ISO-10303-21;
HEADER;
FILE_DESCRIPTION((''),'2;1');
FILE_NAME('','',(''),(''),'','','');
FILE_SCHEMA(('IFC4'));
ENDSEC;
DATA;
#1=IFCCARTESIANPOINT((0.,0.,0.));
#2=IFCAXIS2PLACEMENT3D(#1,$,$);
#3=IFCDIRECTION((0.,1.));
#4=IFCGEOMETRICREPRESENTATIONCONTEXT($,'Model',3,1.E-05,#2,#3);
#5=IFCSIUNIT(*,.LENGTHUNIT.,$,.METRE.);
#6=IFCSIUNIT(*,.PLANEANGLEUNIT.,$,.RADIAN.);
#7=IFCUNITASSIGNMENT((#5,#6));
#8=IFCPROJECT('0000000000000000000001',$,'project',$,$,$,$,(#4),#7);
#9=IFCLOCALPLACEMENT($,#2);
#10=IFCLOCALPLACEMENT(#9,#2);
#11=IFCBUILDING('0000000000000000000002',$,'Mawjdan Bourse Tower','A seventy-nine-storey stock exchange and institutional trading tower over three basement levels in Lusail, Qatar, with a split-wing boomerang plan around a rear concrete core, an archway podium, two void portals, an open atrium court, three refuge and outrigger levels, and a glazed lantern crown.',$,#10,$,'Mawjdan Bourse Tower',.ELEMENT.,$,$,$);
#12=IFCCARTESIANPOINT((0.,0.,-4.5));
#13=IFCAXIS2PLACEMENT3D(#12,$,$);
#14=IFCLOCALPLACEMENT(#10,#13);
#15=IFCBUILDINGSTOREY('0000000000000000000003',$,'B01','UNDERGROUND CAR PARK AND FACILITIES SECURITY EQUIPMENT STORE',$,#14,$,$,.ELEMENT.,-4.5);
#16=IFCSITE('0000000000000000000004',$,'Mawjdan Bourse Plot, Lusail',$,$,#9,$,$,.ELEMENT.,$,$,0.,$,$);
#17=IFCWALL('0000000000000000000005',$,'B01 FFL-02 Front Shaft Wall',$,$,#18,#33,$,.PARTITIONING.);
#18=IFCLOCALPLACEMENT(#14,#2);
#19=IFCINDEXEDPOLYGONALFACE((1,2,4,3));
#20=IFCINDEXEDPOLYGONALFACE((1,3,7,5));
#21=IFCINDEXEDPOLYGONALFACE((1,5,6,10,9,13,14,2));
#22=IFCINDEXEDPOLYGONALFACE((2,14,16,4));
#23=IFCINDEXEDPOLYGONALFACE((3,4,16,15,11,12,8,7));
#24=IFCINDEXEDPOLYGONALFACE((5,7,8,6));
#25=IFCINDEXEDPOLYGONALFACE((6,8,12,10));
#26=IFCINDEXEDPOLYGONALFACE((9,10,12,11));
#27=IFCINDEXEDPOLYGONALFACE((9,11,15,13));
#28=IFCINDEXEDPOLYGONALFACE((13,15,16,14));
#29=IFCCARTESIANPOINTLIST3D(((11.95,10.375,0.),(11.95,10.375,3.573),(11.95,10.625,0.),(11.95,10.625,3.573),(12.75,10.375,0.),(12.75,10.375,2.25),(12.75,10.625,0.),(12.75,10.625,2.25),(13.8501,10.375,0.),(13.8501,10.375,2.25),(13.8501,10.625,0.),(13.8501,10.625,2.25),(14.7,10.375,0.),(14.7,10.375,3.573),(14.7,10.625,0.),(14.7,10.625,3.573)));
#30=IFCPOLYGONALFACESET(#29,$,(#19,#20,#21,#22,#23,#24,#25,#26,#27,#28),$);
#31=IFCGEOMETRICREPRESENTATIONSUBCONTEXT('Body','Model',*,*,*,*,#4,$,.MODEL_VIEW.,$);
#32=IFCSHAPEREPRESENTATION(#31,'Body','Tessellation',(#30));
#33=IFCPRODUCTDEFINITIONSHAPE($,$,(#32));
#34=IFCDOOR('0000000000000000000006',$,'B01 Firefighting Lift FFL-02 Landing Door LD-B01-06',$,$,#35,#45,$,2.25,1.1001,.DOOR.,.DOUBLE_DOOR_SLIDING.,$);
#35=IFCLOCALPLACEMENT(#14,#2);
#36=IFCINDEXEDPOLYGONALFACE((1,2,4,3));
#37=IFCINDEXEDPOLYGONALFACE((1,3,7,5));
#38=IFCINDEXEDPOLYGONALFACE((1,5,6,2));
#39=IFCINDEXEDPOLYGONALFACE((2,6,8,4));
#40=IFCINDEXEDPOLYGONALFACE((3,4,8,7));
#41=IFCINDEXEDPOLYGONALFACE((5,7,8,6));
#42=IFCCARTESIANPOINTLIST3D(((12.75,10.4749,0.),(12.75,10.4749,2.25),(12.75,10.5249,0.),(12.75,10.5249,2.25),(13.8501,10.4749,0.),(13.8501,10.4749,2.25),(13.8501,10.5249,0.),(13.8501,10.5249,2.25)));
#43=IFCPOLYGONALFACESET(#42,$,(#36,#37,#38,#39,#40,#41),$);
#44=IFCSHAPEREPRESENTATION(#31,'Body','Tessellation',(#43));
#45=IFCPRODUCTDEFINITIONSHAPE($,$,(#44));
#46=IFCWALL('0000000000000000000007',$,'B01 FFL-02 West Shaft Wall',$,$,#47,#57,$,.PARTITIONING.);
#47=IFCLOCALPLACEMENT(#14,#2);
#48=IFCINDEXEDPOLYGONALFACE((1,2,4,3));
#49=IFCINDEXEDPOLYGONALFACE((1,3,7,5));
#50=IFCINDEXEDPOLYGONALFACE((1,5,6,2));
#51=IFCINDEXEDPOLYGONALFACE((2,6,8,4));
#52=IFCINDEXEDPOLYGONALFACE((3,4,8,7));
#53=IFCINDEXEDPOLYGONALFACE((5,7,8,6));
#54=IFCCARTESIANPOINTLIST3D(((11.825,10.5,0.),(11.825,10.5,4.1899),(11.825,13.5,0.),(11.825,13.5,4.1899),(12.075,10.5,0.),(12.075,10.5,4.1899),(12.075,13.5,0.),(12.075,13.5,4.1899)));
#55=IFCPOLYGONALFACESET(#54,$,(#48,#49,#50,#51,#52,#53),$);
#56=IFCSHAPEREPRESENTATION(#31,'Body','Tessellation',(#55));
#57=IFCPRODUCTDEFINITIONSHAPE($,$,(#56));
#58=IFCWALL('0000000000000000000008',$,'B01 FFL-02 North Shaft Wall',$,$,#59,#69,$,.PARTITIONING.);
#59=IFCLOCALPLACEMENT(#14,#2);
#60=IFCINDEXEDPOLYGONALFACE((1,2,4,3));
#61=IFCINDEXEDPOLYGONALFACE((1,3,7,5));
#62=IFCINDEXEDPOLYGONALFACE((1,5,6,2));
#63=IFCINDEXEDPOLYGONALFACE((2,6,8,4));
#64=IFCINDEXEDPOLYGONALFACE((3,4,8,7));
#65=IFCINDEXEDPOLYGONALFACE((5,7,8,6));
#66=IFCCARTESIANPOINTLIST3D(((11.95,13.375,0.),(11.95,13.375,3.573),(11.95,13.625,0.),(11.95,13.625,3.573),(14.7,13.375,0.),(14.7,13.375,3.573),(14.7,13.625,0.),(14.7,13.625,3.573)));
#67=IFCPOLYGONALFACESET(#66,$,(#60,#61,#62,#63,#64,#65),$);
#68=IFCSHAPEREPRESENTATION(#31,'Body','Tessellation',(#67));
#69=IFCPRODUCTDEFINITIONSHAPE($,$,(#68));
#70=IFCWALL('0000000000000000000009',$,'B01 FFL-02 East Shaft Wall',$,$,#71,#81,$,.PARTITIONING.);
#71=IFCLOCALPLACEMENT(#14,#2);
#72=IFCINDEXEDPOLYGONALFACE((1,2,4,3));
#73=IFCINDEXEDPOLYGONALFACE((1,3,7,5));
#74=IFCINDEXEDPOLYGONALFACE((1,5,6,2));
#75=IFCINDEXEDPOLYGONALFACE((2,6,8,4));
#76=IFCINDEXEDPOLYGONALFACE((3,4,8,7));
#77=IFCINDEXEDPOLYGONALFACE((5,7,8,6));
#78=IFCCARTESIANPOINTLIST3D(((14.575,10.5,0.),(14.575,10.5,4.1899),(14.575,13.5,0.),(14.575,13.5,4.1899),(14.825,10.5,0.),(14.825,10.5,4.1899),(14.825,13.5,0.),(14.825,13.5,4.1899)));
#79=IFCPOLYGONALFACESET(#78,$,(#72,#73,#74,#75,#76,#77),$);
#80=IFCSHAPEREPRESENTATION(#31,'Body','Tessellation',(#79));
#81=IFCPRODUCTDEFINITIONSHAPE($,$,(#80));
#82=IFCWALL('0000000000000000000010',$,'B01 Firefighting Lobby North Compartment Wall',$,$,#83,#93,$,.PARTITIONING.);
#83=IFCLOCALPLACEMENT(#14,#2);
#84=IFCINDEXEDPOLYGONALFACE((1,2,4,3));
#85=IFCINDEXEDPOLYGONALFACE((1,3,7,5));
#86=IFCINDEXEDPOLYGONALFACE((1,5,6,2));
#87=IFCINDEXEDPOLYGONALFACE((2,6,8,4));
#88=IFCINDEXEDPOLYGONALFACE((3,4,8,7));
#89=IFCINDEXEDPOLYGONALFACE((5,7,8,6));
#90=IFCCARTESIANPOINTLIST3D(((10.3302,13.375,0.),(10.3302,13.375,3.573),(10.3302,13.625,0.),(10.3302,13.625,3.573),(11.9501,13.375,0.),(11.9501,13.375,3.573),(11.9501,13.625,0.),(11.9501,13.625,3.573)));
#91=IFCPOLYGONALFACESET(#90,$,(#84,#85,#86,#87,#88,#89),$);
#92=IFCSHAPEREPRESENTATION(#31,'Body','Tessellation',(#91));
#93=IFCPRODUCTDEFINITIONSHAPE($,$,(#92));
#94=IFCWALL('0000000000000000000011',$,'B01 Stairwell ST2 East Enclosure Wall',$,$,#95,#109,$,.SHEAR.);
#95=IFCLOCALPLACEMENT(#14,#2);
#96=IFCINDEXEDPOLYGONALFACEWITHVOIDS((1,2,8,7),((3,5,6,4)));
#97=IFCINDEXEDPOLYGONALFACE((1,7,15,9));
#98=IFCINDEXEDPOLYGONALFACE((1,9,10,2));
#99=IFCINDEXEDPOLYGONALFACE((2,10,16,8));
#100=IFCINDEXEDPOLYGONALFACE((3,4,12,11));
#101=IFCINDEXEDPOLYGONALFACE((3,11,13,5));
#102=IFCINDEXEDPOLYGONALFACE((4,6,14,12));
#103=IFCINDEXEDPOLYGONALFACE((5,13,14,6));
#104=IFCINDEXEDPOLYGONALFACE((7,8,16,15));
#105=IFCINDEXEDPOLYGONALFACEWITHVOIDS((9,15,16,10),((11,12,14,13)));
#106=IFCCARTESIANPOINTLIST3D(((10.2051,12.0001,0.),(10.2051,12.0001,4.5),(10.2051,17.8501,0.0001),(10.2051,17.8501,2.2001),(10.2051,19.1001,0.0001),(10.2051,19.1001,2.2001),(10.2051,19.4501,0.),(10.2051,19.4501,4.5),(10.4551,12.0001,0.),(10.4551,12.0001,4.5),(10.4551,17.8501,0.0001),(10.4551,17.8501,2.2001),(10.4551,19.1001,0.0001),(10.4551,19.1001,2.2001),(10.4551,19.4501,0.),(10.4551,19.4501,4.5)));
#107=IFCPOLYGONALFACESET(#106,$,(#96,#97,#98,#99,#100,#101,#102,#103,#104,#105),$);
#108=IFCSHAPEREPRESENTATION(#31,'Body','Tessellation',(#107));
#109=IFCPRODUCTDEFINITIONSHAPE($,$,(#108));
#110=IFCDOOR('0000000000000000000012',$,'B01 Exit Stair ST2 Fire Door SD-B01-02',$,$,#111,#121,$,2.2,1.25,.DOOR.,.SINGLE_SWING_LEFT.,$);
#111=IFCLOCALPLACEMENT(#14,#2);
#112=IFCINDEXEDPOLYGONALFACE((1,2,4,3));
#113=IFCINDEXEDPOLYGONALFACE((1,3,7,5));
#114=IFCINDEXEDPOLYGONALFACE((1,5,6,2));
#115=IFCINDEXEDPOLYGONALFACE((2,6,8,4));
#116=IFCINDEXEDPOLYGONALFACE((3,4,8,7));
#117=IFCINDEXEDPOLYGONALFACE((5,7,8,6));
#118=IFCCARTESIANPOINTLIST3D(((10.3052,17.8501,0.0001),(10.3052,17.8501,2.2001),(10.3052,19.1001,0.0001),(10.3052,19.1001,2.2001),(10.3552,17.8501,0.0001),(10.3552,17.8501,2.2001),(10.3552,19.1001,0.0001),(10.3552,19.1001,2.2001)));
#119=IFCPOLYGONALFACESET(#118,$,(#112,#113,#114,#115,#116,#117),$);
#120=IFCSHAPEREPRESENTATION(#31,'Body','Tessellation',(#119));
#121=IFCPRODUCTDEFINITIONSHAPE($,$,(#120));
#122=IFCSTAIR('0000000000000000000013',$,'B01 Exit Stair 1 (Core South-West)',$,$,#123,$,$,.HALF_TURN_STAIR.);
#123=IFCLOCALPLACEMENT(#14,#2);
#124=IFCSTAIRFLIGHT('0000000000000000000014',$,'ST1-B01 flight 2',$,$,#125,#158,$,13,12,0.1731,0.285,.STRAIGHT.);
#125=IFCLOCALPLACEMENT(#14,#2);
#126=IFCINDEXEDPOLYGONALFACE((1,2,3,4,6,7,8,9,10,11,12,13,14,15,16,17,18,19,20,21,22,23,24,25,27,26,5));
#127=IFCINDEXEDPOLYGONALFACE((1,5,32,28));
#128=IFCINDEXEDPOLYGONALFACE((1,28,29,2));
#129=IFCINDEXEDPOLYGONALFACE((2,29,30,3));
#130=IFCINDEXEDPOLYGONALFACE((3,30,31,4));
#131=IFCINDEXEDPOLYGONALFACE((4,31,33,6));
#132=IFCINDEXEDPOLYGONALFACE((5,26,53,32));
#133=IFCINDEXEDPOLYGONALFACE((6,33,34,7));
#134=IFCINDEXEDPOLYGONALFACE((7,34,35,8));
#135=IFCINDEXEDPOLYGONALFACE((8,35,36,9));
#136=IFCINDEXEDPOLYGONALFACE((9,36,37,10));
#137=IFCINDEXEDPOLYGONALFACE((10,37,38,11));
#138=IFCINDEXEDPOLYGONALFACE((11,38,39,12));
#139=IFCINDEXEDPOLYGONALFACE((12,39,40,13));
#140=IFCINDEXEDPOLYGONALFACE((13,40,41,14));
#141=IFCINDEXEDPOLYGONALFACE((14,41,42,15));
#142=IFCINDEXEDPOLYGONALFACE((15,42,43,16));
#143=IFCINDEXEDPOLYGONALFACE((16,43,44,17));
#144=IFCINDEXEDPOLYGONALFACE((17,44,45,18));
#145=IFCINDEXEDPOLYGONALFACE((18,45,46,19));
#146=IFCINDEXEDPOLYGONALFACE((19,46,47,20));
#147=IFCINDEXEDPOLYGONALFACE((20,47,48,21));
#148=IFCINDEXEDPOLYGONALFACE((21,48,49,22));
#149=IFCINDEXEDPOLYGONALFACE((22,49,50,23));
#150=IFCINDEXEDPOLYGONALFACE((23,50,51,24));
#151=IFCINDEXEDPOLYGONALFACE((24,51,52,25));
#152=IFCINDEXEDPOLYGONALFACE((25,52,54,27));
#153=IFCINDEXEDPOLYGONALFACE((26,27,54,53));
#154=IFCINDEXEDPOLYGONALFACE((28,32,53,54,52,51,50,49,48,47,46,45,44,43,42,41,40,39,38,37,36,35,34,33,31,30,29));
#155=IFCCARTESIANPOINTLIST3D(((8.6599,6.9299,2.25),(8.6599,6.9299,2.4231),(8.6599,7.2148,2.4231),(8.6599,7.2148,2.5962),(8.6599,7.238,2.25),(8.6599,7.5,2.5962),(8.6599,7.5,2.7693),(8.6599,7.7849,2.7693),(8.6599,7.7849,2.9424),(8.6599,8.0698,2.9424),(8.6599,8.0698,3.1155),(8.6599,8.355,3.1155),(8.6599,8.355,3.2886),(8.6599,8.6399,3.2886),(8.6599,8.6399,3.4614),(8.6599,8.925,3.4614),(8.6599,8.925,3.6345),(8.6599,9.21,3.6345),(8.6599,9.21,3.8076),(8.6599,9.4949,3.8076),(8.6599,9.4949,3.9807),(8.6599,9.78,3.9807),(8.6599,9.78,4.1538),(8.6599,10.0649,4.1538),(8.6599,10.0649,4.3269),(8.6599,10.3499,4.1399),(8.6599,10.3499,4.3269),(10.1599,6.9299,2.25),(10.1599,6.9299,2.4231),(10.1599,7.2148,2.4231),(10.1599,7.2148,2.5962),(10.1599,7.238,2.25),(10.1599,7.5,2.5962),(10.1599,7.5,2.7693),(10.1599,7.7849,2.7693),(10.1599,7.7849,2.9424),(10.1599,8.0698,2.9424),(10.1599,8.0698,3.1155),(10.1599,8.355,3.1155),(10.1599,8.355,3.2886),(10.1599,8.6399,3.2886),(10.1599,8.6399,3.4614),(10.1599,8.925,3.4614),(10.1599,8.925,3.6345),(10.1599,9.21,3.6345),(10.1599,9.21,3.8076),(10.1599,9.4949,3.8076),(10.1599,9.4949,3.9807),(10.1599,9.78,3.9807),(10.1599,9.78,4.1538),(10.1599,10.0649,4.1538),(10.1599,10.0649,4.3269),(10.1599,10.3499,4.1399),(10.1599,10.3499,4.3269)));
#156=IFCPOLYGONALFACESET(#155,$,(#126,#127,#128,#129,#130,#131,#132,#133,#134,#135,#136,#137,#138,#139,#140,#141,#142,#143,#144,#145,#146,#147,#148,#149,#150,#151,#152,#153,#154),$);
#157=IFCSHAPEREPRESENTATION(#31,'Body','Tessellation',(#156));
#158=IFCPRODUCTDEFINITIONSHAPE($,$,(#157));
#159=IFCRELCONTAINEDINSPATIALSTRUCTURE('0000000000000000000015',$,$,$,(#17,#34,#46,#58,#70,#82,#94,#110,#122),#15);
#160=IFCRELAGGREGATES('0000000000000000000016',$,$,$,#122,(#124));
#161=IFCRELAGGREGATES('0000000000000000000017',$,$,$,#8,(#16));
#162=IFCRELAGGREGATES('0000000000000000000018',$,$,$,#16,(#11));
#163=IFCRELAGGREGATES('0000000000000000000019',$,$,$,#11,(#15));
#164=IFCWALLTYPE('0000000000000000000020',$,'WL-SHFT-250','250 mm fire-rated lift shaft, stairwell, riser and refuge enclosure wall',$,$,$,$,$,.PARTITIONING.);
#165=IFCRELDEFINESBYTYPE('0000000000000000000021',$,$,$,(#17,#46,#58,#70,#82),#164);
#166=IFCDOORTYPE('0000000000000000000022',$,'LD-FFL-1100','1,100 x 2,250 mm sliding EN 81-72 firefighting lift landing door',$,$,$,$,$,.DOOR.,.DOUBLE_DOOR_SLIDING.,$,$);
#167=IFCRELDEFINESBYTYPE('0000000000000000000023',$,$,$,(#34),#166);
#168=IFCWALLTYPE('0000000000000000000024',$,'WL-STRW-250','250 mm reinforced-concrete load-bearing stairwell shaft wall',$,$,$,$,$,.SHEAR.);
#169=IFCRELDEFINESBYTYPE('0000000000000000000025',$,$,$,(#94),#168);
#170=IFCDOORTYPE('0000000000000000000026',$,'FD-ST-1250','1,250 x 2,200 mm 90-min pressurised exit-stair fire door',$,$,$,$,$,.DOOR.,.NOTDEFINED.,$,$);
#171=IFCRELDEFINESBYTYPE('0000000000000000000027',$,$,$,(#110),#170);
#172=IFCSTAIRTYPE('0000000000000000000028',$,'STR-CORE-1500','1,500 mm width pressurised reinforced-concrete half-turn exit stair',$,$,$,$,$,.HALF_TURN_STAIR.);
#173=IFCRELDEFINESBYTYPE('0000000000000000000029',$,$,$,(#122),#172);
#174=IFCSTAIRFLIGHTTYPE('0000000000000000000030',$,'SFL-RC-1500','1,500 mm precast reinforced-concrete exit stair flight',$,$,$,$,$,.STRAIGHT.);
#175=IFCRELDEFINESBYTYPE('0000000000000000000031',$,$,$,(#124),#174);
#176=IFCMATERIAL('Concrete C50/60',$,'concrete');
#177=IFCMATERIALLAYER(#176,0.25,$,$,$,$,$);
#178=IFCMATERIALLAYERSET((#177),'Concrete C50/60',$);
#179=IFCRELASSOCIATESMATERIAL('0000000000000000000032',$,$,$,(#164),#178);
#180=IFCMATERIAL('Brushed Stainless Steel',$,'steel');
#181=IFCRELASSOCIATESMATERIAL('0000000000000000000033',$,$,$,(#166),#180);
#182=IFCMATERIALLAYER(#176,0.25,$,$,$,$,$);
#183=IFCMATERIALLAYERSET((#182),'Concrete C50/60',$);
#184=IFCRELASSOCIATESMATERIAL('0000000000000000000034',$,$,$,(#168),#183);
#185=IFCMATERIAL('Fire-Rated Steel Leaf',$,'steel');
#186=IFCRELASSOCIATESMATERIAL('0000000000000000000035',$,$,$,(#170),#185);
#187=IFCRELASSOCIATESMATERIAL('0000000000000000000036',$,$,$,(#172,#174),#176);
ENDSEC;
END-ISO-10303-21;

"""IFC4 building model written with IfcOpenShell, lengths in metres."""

from ifc_helpers import new_model, si_unit, direction, frame, frame_2d, origin, place, context, subcontext, project, spatial, polyline, rectangle, outline, extrude, material, layer, layer_set, type_object, element, fill, aggregate, save


model = new_model("IFC4")

# Units and contexts
model_context = context("Model", 3, precision=1e-05, world=origin(), true_north=direction((0.0, 1.0)))
body_context = subcontext(model_context, "Body", "Model", "MODEL_VIEW")
ifc_project = project(units=[si_unit("LENGTHUNIT", "METRE"), si_unit("PLANEANGLEUNIT", "RADIAN")], contexts=[model_context])

# Site, building, storey
site_placement = place(None, origin())
site = spatial("IfcSite", under=ifc_project, at=site_placement, Name="Mawjdan Bourse Plot, Lusail", CompositionType="ELEMENT", RefElevation=0.0)
building_placement = place(site_placement, origin())
building = spatial("IfcBuilding", under=site, at=building_placement, Name="Mawjdan Bourse Tower", Description="A seventy-nine-storey stock exchange and institutional trading tower over three basement levels in Lusail, Qatar, with a split-wing boomerang plan around a rear concrete core, an archway podium, two void portals, an open atrium court, three refuge and outrigger levels, and a glazed lantern crown.", LongName="Mawjdan Bourse Tower", CompositionType="ELEMENT")
storey_placement = place(building_placement, frame((0.0, 0.0, -4.5)))
storey = spatial("IfcBuildingStorey", under=building, at=storey_placement, Name="B01", Description="UNDERGROUND CAR PARK AND FACILITIES SECURITY EQUIPMENT STORE", CompositionType="ELEMENT", Elevation=-4.5)

# Wall, opening, door
ifc_material_1 = material(Name="Concrete C50/60", Category="concrete")
ifc_layer_1 = layer(ifc_material_1, 0.25)
ifc_layer_set_1 = layer_set([ifc_layer_1], Name="Concrete C50/60")
wall_type_1 = type_object("IfcWallType", Name="WL-SHFT-250", Description="250 mm fire-rated lift shaft, stairwell, riser and refuge enclosure wall", PredefinedType="PARTITIONING", material=ifc_layer_set_1)
wall_1_placement = place(storey_placement, frame((11.95, 10.5, 0.0), z_axis=(0.0, 0.0, 1.0), x_axis=(1.0, 0.0, 0.0)))
wall_1 = element("IfcWall", 1, at=wall_1_placement, inside=storey, type_object=wall_type_1, Name="B01 FFL-02 Front Shaft Wall", PredefinedType="PARTITIONING", context=body_context, shape_type="SweptSolid", body=[
    extrude(rectangle(XDim=2.75, YDim=0.25, at=frame_2d((1.375, 0.0))), origin(), (0.0, 0.0, 1.0), 3.573),
])
opening_1_placement = place(wall_1_placement, frame((0.8, 0.0, 0.0)))
opening_1 = element("IfcOpeningElement", 2, at=opening_1_placement, cuts=wall_1, PredefinedType="OPENING", context=body_context, shape_type="SweptSolid", body=[
    extrude(rectangle(XDim=1.1001, YDim=2.25, at=frame_2d((0.55, 1.125))), frame((0.0, 0.135, 0.0), z_axis=(0.0, -1.0, 0.0), x_axis=(1.0, 0.0, 0.0)), (0.0, 0.0, 1.0), 0.27),
])
ifc_material_2 = material(Name="Brushed Stainless Steel", Category="steel")
door_type_1 = type_object("IfcDoorType", Name="LD-FFL-1100", Description="1,100 x 2,250 mm sliding EN 81-72 firefighting lift landing door", OperationType="DOUBLE_DOOR_SLIDING", PredefinedType="DOOR", material=ifc_material_2)
door_1_placement = place(opening_1_placement, origin())
door_1 = element("IfcDoor", 3, at=door_1_placement, inside=storey, type_object=door_type_1, Name="B01 Firefighting Lift FFL-02 Landing Door LD-B01-06", OperationType="DOUBLE_DOOR_SLIDING", OverallHeight=2.25, OverallWidth=1.1001, PredefinedType="DOOR", context=body_context, shape_type="SweptSolid", body=[
    extrude(rectangle(XDim=1.1001, YDim=2.25, at=frame_2d((0.55, 1.125))), frame((0.0, 0.0249, 0.0), z_axis=(0.0, -1.0, 0.0), x_axis=(1.0, 0.0, 0.0)), (0.0, 0.0, 1.0), 0.05),
])
fill(opening_1, door_1)

# Walls
wall_2_placement = place(storey_placement, frame((11.95, 10.5, 0.0), z_axis=(0.0, 0.0, 1.0), x_axis=(0.0, 1.0, 0.0)))
element("IfcWall", 4, at=wall_2_placement, inside=storey, type_object=wall_type_1, Name="B01 FFL-02 West Shaft Wall", PredefinedType="PARTITIONING", context=body_context, shape_type="SweptSolid", body=[
    extrude(rectangle(XDim=3.0, YDim=0.25, at=frame_2d((1.5, 0.0))), origin(), (0.0, 0.0, 1.0), 4.1899),
])
wall_3_placement = place(storey_placement, frame((11.95, 13.5, 0.0), z_axis=(0.0, 0.0, 1.0), x_axis=(1.0, 0.0, 0.0)))
element("IfcWall", 5, at=wall_3_placement, inside=storey, type_object=wall_type_1, Name="B01 FFL-02 North Shaft Wall", PredefinedType="PARTITIONING", context=body_context, shape_type="SweptSolid", body=[
    extrude(rectangle(XDim=2.75, YDim=0.25, at=frame_2d((1.375, 0.0))), origin(), (0.0, 0.0, 1.0), 3.573),
])
wall_4_placement = place(storey_placement, frame((14.7, 10.5, 0.0), z_axis=(0.0, 0.0, 1.0), x_axis=(0.0, 1.0, 0.0)))
element("IfcWall", 6, at=wall_4_placement, inside=storey, type_object=wall_type_1, Name="B01 FFL-02 East Shaft Wall", PredefinedType="PARTITIONING", context=body_context, shape_type="SweptSolid", body=[
    extrude(rectangle(XDim=3.0, YDim=0.25, at=frame_2d((1.5, 0.0))), origin(), (0.0, 0.0, 1.0), 4.1899),
])
wall_5_placement = place(storey_placement, frame((10.3301, 13.5, 0.0), z_axis=(0.0, 0.0, 1.0), x_axis=(1.0, 0.0, 0.0)))
element("IfcWall", 7, at=wall_5_placement, inside=storey, type_object=wall_type_1, Name="B01 Firefighting Lobby North Compartment Wall", PredefinedType="PARTITIONING", context=body_context, shape_type="SweptSolid", body=[
    extrude(rectangle(XDim=1.6199, YDim=0.25, at=frame_2d((0.8101, 0.0))), origin(), (0.0, 0.0, 1.0), 3.573),
])

# Wall, opening, door
ifc_layer_2 = layer(ifc_material_1, 0.25)
ifc_layer_set_2 = layer_set([ifc_layer_2], Name="Concrete C50/60")
wall_type_2 = type_object("IfcWallType", Name="WL-STRW-250", Description="250 mm reinforced-concrete load-bearing stairwell shaft wall", PredefinedType="SHEAR", material=ifc_layer_set_2)
wall_6_placement = place(storey_placement, frame((10.3301, 12.0, 0.0), z_axis=(0.0, 0.0, 1.0), x_axis=(0.0, 1.0, 0.0)))
wall_6 = element("IfcWall", 8, at=wall_6_placement, inside=storey, type_object=wall_type_2, Name="B01 Stairwell ST2 East Enclosure Wall", PredefinedType="SHEAR", context=body_context, shape_type="SweptSolid", body=[
    extrude(rectangle(XDim=7.45, YDim=0.25, at=frame_2d((3.7251, 0.0))), origin(), (0.0, 0.0, 1.0), 4.5),
])
opening_2_placement = place(wall_6_placement, frame((5.8501, 0.0, 0.0)))
opening_2 = element("IfcOpeningElement", 9, at=opening_2_placement, cuts=wall_6, PredefinedType="OPENING", context=body_context, shape_type="SweptSolid", body=[
    extrude(rectangle(XDim=1.25, YDim=2.2, at=frame_2d((0.625, 1.1001))), frame((0.0, 0.135, 0.0), z_axis=(0.0, -1.0, 0.0), x_axis=(1.0, 0.0, 0.0)), (0.0, 0.0, 1.0), 0.27),
])
ifc_material_3 = material(Name="Fire-Rated Steel Leaf", Category="steel")
door_type_2 = type_object("IfcDoorType", Name="FD-ST-1250", Description="1,250 x 2,200 mm 90-min pressurised exit-stair fire door", OperationType="NOTDEFINED", PredefinedType="DOOR", material=ifc_material_3)
door_2_placement = place(opening_2_placement, origin())
door_2 = element("IfcDoor", 10, at=door_2_placement, inside=storey, type_object=door_type_2, Name="B01 Exit Stair ST2 Fire Door SD-B01-02", OperationType="SINGLE_SWING_LEFT", OverallHeight=2.2, OverallWidth=1.25, PredefinedType="DOOR", context=body_context, shape_type="SweptSolid", body=[
    extrude(rectangle(XDim=1.25, YDim=2.2, at=frame_2d((0.625, 1.1001))), frame((0.0, 0.0249, 0.0), z_axis=(0.0, -1.0, 0.0), x_axis=(1.0, 0.0, 0.0)), (0.0, 0.0, 1.0), 0.05),
])
fill(opening_2, door_2)

# Stair, stair flight
stair_type = type_object("IfcStairType", Name="STR-CORE-1500", Description="1,500 mm width pressurised reinforced-concrete half-turn exit stair", PredefinedType="HALF_TURN_STAIR", material=ifc_material_1)
stair_1_placement = place(storey_placement, origin())
stair_1 = element("IfcStair", 11, at=stair_1_placement, inside=storey, type_object=stair_type, Name="B01 Exit Stair 1 (Core South-West)", PredefinedType="HALF_TURN_STAIR")
stair_flight_type = type_object("IfcStairFlightType", Name="SFL-RC-1500", Description="1,500 mm precast reinforced-concrete exit stair flight", PredefinedType="STRAIGHT", material=ifc_material_1)
stair_flight_1_placement = place(storey_placement, frame((9.4099, 6.9299, 2.25), z_axis=(0.0, 0.0, 1.0), x_axis=(0.0, 1.0, 0.0)))
stair_flight_1 = element("IfcStairFlight", 12, at=stair_flight_1_placement, type_object=stair_flight_type, Name="ST1-B01 flight 2", NumberOfRisers=13, NumberOfTreads=12, PredefinedType="STRAIGHT", RiserHeight=0.1731, TreadLength=0.285, context=body_context, shape_type="SweptSolid", body=[
    extrude(outline(polyline([(0.0, 0.0), (0.0, 0.1731), (0.2849, 0.1731), (0.2849, 0.3462), (0.5701, 0.3462), (0.5701, 0.5193), (0.855, 0.5193), (0.855, 0.6924), (1.1399, 0.6924), (1.1399, 0.8655), (1.425, 0.8655), (1.425, 1.0386), (1.71, 1.0386), (1.71, 1.2114), (1.9951, 1.2114), (1.9951, 1.3845), (2.28, 1.3845), (2.28, 1.5576), (2.5649, 1.5576), (2.5649, 1.7307), (2.8501, 1.7307), (2.8501, 1.9038), (3.135, 1.9038), (3.135, 2.0769), (3.4199, 2.0769), (3.4199, 2.25), (3.4199, 1.8899), (0.3081, 0.0), (0.0, 0.0)])), frame((0.0, 0.75, 0.0), z_axis=(0.0, -1.0, 0.0), x_axis=(1.0, 0.0, 0.0)), (0.0, 0.0, 1.0), 1.5),
])
aggregate(stair_1, [stair_flight_1])

save(model, "model.ifc")
